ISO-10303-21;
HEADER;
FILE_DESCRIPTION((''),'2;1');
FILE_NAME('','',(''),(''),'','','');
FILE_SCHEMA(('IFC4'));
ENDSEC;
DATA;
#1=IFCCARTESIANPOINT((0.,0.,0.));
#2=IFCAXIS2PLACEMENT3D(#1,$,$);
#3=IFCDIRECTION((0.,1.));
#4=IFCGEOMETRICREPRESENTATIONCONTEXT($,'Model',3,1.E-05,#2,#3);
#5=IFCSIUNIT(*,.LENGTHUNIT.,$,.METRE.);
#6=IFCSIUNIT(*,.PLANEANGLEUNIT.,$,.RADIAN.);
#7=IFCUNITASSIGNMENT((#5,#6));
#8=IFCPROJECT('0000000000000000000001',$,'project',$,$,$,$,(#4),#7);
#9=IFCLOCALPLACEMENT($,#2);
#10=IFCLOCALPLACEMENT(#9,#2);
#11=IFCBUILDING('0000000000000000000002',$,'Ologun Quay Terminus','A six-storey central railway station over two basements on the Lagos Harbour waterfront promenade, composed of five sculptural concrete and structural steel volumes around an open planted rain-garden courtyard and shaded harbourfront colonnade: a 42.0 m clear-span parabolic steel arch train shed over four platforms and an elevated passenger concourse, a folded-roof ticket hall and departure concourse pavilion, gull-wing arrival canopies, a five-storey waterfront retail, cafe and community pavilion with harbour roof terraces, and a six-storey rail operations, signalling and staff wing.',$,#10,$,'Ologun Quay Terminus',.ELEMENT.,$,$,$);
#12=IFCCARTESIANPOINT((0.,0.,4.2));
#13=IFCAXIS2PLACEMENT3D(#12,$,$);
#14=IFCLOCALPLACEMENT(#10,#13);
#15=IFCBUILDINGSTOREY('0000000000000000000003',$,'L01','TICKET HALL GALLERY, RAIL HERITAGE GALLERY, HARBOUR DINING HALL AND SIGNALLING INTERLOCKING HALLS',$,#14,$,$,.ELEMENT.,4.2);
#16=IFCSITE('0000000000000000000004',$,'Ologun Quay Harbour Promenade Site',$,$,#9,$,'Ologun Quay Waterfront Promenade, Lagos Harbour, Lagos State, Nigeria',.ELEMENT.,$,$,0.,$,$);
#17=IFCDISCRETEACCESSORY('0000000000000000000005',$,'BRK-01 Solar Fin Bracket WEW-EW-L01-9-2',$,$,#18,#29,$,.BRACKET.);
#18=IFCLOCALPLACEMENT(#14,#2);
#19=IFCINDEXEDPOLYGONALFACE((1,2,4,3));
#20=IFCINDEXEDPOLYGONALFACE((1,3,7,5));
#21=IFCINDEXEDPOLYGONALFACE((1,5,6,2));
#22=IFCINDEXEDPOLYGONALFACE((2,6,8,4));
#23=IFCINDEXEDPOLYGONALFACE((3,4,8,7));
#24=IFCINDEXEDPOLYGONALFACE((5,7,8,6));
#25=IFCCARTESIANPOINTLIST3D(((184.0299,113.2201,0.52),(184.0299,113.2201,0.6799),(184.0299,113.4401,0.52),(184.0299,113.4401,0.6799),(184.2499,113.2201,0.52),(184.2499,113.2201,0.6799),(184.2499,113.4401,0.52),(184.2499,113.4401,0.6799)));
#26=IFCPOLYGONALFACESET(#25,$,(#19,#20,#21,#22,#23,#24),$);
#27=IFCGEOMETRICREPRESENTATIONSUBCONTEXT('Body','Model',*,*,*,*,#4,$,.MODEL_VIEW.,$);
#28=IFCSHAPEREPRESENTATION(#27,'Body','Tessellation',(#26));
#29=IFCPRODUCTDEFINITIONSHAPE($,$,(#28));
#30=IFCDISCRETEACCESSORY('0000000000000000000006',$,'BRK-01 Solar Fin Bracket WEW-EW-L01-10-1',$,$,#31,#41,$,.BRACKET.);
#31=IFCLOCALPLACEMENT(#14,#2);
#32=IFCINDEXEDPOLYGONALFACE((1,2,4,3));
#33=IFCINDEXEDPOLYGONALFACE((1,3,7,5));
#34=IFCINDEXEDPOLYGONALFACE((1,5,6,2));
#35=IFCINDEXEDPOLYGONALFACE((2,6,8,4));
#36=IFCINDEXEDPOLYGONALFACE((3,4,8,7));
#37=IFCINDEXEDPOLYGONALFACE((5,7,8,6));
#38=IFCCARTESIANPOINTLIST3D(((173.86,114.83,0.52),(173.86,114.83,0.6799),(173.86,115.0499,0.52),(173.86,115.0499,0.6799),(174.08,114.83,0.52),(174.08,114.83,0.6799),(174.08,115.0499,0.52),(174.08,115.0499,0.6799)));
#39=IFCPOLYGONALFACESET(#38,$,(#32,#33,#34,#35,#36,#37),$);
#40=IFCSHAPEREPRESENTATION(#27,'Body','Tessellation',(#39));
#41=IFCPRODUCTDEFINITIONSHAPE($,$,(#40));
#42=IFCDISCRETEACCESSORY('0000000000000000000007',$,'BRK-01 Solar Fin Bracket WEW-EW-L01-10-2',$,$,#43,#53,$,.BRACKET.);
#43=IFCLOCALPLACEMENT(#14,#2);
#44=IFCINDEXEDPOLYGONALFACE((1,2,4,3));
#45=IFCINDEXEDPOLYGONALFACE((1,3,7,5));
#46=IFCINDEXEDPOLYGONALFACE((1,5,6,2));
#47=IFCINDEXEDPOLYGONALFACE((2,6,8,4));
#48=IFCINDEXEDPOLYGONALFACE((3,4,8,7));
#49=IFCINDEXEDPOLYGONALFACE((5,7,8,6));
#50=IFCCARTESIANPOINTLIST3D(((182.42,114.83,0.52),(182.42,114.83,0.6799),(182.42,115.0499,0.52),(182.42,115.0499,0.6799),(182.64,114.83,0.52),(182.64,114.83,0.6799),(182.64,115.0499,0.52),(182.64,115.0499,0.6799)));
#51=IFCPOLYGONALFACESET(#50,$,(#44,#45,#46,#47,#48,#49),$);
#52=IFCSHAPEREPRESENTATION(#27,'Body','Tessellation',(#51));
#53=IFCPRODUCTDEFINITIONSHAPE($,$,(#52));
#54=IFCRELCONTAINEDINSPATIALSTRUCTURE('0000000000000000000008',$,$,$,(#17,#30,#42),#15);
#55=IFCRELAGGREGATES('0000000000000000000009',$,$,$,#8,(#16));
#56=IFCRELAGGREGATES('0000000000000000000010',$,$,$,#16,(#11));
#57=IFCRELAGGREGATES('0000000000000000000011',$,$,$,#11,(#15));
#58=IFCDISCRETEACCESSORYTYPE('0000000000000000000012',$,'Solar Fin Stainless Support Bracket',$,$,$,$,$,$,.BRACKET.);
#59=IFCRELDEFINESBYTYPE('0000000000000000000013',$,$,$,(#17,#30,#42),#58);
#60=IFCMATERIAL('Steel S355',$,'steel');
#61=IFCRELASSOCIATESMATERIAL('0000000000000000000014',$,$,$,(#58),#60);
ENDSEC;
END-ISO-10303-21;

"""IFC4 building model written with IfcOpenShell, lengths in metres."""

from ifc_helpers import new_model, si_unit, direction, frame, origin, origin_2d, place, context, subcontext, project, spatial, rectangle, extrude, material, type_object, element, save


model = new_model("IFC4")

# Units and contexts
model_context = context("Model", 3, precision=1e-05, world=origin(), true_north=direction((0.0, 1.0)))
body_context = subcontext(model_context, "Body", "Model", "MODEL_VIEW")
ifc_project = project(units=[si_unit("LENGTHUNIT", "METRE"), si_unit("PLANEANGLEUNIT", "RADIAN")], contexts=[model_context])

# Site, building, storey
site_placement = place(None, origin())
site = spatial("IfcSite", under=ifc_project, at=site_placement, Name="Ologun Quay Harbour Promenade Site", LongName="Ologun Quay Waterfront Promenade, Lagos Harbour, Lagos State, Nigeria", CompositionType="ELEMENT", RefElevation=0.0)
building_placement = place(site_placement, origin())
building = spatial("IfcBuilding", under=site, at=building_placement, Name="Ologun Quay Terminus", Description="A six-storey central railway station over two basements on the Lagos Harbour waterfront promenade, composed of five sculptural concrete and structural steel volumes around an open planted rain-garden courtyard and shaded harbourfront colonnade: a 42.0 m clear-span parabolic steel arch train shed over four platforms and an elevated passenger concourse, a folded-roof ticket hall and departure concourse pavilion, gull-wing arrival canopies, a five-storey waterfront retail, cafe and community pavilion with harbour roof terraces, and a six-storey rail operations, signalling and staff wing.", LongName="Ologun Quay Terminus", CompositionType="ELEMENT")
storey_placement = place(building_placement, frame((0.0, 0.0, 4.2)))
storey = spatial("IfcBuildingStorey", under=building, at=storey_placement, Name="L01", Description="TICKET HALL GALLERY, RAIL HERITAGE GALLERY, HARBOUR DINING HALL AND SIGNALLING INTERLOCKING HALLS", CompositionType="ELEMENT", Elevation=4.2)

# Discrete accessories
ifc_material_1 = material(Name="Steel S355", Category="steel")
discrete_accessory_type = type_object("IfcDiscreteAccessoryType", Name="Solar Fin Stainless Support Bracket", PredefinedType="BRACKET", material=ifc_material_1)
for number, where, z_axis, x_axis, name in (
    (1, (184.1399, 113.3301, 0.52), (0.0, 0.0, 1.0), (1.0, 0.0, 0.0), "BRK-01 Solar Fin Bracket WEW-EW-L01-9-2"),
    (2, (173.97, 114.9399, 0.52), (0.0, 0.0, 1.0), (1.0, 0.0, 0.0), "BRK-01 Solar Fin Bracket WEW-EW-L01-10-1"),
    (3, (182.53, 114.9399, 0.52), (0.0, 0.0, 1.0), (1.0, 0.0, 0.0), "BRK-01 Solar Fin Bracket WEW-EW-L01-10-2"),
):
    element("IfcDiscreteAccessory", number, at=place(storey_placement, frame(where, z_axis=z_axis, x_axis=x_axis)), inside=storey, type_object=discrete_accessory_type, Name=name, PredefinedType="BRACKET", context=body_context, shape_type="SweptSolid", body=[
        extrude(rectangle(XDim=0.22, YDim=0.22, at=origin_2d()), origin(), (0.0, 0.0, 1.0), 0.1599),
    ])

save(model, "model.ifc")
